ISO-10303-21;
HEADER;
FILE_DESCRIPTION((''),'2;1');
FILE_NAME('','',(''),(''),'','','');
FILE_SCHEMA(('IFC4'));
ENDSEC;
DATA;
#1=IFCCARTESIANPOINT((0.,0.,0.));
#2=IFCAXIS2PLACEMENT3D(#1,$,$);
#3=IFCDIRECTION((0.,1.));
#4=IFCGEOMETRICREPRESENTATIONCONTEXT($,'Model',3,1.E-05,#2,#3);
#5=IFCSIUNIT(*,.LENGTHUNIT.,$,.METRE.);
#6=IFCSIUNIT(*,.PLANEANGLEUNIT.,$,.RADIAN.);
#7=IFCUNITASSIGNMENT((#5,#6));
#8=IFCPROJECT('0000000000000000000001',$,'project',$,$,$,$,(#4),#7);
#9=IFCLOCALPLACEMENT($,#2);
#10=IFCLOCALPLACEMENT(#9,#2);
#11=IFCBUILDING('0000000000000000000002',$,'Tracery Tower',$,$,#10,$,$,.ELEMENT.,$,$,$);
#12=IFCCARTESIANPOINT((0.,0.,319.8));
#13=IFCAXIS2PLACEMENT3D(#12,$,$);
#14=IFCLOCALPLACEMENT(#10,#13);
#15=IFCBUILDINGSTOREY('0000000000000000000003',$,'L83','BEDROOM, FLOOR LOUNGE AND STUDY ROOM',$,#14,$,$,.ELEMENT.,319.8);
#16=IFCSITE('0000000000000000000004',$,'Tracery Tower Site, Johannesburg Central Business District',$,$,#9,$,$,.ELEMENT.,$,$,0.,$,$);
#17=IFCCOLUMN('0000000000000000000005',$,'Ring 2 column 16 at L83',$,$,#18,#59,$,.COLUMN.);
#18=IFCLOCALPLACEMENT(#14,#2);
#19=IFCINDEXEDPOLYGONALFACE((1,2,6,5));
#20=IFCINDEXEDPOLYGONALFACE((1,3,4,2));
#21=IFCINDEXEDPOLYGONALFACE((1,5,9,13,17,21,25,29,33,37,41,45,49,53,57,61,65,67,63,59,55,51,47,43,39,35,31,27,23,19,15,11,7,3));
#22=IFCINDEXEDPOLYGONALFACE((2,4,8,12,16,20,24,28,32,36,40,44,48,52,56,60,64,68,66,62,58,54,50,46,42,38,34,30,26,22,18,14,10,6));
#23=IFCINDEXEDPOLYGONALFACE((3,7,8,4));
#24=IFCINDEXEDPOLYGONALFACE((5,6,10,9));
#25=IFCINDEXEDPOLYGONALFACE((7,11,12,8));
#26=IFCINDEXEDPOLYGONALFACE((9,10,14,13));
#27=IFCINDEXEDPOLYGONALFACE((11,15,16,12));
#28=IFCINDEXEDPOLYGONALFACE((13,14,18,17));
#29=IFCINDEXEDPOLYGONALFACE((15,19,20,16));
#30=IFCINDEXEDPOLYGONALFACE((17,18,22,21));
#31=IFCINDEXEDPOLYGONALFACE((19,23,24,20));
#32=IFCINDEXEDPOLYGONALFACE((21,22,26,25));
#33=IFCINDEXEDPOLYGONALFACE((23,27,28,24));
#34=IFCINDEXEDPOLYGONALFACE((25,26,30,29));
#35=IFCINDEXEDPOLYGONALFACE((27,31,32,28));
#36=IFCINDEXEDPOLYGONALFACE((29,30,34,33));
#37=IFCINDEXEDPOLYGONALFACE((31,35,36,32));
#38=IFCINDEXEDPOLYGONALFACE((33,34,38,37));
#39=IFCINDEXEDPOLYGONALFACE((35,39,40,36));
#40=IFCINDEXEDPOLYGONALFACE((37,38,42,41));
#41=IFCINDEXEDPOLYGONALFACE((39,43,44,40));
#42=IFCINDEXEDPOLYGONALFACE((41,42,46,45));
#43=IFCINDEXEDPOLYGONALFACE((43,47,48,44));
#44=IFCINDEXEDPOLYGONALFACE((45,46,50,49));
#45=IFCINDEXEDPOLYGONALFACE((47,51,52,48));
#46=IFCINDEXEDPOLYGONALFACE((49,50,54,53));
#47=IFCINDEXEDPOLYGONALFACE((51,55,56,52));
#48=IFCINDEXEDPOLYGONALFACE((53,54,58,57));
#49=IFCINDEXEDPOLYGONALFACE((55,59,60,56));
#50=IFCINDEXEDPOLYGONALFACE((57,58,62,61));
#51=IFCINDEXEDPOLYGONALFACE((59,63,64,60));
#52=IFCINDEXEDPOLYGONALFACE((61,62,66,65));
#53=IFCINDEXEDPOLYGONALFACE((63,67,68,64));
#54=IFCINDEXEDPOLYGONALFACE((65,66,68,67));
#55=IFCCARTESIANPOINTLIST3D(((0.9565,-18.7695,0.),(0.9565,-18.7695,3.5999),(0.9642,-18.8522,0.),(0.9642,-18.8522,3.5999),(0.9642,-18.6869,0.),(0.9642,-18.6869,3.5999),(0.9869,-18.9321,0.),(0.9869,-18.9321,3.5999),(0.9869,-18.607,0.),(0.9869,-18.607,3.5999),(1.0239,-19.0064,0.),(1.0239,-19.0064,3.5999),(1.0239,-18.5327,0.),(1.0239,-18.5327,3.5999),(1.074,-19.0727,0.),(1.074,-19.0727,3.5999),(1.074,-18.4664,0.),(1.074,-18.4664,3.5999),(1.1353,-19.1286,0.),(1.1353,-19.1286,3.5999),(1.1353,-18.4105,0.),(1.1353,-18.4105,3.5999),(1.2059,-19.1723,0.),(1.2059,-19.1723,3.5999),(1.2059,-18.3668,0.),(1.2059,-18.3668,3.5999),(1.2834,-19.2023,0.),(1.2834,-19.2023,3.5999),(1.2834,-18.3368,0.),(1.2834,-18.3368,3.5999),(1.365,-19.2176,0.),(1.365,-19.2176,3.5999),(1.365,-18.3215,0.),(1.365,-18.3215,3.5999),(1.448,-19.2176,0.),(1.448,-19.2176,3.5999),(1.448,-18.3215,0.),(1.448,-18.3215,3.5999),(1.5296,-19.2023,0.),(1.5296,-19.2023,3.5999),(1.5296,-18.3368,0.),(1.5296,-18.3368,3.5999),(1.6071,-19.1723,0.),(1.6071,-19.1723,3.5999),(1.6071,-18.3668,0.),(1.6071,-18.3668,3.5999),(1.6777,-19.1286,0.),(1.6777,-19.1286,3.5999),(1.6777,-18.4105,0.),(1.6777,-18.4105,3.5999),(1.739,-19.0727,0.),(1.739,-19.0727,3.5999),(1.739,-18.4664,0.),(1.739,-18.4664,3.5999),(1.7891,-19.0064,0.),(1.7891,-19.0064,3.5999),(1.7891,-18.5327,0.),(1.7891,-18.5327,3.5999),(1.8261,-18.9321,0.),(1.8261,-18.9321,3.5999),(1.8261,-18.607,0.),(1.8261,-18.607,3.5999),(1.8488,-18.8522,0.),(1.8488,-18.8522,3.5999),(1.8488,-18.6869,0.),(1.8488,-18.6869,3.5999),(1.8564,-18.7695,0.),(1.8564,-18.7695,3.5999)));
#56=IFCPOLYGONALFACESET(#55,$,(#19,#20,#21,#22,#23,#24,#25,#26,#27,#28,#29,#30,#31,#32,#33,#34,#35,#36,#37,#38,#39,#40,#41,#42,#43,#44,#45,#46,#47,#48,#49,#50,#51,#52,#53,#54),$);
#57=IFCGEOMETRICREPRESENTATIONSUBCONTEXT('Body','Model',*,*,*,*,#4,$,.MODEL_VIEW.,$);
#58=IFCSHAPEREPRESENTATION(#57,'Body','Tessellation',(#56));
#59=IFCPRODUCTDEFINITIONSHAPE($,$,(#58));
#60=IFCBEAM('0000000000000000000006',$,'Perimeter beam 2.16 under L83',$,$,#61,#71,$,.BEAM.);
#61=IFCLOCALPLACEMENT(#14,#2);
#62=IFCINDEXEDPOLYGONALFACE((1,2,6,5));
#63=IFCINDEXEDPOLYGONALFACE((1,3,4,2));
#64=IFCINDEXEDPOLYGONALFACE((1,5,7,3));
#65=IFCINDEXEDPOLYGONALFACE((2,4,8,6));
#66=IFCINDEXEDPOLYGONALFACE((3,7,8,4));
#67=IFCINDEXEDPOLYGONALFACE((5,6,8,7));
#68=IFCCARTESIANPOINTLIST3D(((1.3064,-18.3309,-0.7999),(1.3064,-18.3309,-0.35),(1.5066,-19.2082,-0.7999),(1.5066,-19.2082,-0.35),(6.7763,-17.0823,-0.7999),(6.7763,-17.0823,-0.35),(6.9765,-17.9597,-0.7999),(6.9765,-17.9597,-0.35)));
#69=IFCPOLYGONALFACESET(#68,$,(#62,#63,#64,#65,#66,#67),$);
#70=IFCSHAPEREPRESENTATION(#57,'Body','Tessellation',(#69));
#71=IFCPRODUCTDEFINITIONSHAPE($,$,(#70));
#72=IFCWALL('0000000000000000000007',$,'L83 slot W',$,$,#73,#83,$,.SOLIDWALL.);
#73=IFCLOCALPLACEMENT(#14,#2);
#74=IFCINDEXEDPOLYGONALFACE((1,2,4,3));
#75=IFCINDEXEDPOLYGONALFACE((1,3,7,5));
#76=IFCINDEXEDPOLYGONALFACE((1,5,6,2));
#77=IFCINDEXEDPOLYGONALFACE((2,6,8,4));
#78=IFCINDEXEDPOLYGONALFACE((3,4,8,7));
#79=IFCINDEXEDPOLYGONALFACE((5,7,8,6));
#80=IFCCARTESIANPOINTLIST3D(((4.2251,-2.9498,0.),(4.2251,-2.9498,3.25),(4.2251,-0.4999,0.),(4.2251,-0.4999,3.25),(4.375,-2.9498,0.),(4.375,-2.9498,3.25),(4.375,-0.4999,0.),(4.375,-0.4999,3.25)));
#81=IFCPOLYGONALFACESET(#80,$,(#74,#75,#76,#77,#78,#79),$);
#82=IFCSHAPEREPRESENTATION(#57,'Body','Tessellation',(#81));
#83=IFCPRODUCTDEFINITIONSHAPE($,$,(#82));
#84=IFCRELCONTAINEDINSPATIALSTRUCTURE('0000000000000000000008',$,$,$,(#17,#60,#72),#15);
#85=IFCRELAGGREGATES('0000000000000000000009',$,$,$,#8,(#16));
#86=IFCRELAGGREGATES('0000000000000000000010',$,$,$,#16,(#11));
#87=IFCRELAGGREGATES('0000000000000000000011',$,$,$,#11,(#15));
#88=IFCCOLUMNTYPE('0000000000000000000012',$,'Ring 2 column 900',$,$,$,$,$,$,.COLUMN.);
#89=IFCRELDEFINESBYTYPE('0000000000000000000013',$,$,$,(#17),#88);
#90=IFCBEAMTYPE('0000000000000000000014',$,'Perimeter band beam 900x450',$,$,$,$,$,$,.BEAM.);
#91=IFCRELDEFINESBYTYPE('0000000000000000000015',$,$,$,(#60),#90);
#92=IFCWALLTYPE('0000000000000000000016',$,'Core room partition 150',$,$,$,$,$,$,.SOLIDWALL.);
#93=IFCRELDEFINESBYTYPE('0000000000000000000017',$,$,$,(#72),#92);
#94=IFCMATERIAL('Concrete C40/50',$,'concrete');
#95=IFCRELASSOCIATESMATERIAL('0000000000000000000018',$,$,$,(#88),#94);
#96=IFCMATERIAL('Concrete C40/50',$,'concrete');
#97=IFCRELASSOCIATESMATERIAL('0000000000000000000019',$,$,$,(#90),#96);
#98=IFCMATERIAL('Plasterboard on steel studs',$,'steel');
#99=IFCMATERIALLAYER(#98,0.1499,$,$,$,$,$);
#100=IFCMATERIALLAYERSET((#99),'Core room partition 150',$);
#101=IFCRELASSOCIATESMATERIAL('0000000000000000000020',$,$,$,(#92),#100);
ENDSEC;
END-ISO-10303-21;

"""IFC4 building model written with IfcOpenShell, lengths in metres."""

from ifc_helpers import new_model, si_unit, direction, frame, frame_2d, origin, origin_2d, place, context, subcontext, project, spatial, rectangle, circle, extrude, material, layer, layer_set, material_profile, profile_set, type_object, element, save


model = new_model("IFC4")

# Units and contexts
model_context = context("Model", 3, precision=1e-05, world=origin(), true_north=direction((0.0, 1.0)))
body_context = subcontext(model_context, "Body", "Model", "MODEL_VIEW")
ifc_project = project(units=[si_unit("LENGTHUNIT", "METRE"), si_unit("PLANEANGLEUNIT", "RADIAN")], contexts=[model_context])

# Site, building, storey
site_placement = place(None, origin())
site = spatial("IfcSite", under=ifc_project, at=site_placement, Name="Tracery Tower Site, Johannesburg Central Business District", CompositionType="ELEMENT", RefElevation=0.0)
building_placement = place(site_placement, origin())
building = spatial("IfcBuilding", under=site, at=building_placement, Name="Tracery Tower", CompositionType="ELEMENT")
storey_placement = place(building_placement, frame((0.0, 0.0, 319.8)))
storey = spatial("IfcBuildingStorey", under=building, at=storey_placement, Name="L83", Description="BEDROOM, FLOOR LOUNGE AND STUDY ROOM", CompositionType="ELEMENT", Elevation=319.8)

# Column
ifc_material_1 = material(Name="Concrete C40/50", Category="concrete")
ifc_material_profile_1 = material_profile(ifc_material_1, circle(Radius=0.45, at=origin_2d()), Name="RC D900")
ifc_profile_set_1 = profile_set([ifc_material_profile_1], Name="Concrete C40/50")
column_type = type_object("IfcColumnType", Name="Ring 2 column 900", PredefinedType="COLUMN", material=ifc_profile_set_1)
column_placement = place(storey_placement, frame((1.4065, -18.7695, 0.0), z_axis=(0.0, 0.0, 1.0), x_axis=(1.0, 0.0, 0.0)))
element("IfcColumn", 1, at=column_placement, inside=storey, type_object=column_type, Name="Ring 2 column 16 at L83", PredefinedType="COLUMN", context=body_context, shape_type="SweptSolid", body=[
    extrude(circle(Radius=0.45, at=origin_2d()), origin(), (0.0, 0.0, 1.0), 3.5999),
])

# Beam
ifc_material_2 = material(Name="Concrete C40/50", Category="concrete")
ifc_material_profile_2 = material_profile(ifc_material_2, rectangle(XDim=0.8999, YDim=0.45, at=origin_2d()), Name="RC 900x450")
ifc_profile_set_2 = profile_set([ifc_material_profile_2], Name="Concrete C40/50")
beam_type = type_object("IfcBeamType", Name="Perimeter band beam 900x450", PredefinedType="BEAM", material=ifc_profile_set_2)
beam_placement = place(storey_placement, frame((1.4065, -18.7695, -0.575), z_axis=(0.974926, 0.222529, 0.0), x_axis=(-0.222529, 0.974926, 0.0)))
element("IfcBeam", 2, at=beam_placement, inside=storey, type_object=beam_type, Name="Perimeter beam 2.16 under L83", PredefinedType="BEAM", context=body_context, shape_type="SweptSolid", body=[
    extrude(rectangle(XDim=0.8999, YDim=0.45, at=origin_2d()), origin(), (0.0, 0.0, 1.0), 5.6106),
])

# Wall
ifc_material_3 = material(Name="Plasterboard on steel studs", Category="steel")
ifc_layer_1 = layer(ifc_material_3, 0.1499)
ifc_layer_set_1 = layer_set([ifc_layer_1], Name="Core room partition 150")
wall_type_1 = type_object("IfcWallType", Name="Core room partition 150", PredefinedType="SOLIDWALL", material=ifc_layer_set_1)
wall_1_placement = place(storey_placement, frame((4.3, -2.95, 0.0), z_axis=(0.0, 0.0, 1.0), x_axis=(0.0, 1.0, 0.0)))
element("IfcWall", 3, at=wall_1_placement, inside=storey, type_object=wall_type_1, Name="L83 slot W", PredefinedType="SOLIDWALL", context=body_context, shape_type="SweptSolid", body=[
    extrude(rectangle(XDim=2.45, YDim=0.1499, at=frame_2d((1.2251, 0.0))), origin(), (0.0, 0.0, 1.0), 3.25),
])

save(model, "model.ifc")
